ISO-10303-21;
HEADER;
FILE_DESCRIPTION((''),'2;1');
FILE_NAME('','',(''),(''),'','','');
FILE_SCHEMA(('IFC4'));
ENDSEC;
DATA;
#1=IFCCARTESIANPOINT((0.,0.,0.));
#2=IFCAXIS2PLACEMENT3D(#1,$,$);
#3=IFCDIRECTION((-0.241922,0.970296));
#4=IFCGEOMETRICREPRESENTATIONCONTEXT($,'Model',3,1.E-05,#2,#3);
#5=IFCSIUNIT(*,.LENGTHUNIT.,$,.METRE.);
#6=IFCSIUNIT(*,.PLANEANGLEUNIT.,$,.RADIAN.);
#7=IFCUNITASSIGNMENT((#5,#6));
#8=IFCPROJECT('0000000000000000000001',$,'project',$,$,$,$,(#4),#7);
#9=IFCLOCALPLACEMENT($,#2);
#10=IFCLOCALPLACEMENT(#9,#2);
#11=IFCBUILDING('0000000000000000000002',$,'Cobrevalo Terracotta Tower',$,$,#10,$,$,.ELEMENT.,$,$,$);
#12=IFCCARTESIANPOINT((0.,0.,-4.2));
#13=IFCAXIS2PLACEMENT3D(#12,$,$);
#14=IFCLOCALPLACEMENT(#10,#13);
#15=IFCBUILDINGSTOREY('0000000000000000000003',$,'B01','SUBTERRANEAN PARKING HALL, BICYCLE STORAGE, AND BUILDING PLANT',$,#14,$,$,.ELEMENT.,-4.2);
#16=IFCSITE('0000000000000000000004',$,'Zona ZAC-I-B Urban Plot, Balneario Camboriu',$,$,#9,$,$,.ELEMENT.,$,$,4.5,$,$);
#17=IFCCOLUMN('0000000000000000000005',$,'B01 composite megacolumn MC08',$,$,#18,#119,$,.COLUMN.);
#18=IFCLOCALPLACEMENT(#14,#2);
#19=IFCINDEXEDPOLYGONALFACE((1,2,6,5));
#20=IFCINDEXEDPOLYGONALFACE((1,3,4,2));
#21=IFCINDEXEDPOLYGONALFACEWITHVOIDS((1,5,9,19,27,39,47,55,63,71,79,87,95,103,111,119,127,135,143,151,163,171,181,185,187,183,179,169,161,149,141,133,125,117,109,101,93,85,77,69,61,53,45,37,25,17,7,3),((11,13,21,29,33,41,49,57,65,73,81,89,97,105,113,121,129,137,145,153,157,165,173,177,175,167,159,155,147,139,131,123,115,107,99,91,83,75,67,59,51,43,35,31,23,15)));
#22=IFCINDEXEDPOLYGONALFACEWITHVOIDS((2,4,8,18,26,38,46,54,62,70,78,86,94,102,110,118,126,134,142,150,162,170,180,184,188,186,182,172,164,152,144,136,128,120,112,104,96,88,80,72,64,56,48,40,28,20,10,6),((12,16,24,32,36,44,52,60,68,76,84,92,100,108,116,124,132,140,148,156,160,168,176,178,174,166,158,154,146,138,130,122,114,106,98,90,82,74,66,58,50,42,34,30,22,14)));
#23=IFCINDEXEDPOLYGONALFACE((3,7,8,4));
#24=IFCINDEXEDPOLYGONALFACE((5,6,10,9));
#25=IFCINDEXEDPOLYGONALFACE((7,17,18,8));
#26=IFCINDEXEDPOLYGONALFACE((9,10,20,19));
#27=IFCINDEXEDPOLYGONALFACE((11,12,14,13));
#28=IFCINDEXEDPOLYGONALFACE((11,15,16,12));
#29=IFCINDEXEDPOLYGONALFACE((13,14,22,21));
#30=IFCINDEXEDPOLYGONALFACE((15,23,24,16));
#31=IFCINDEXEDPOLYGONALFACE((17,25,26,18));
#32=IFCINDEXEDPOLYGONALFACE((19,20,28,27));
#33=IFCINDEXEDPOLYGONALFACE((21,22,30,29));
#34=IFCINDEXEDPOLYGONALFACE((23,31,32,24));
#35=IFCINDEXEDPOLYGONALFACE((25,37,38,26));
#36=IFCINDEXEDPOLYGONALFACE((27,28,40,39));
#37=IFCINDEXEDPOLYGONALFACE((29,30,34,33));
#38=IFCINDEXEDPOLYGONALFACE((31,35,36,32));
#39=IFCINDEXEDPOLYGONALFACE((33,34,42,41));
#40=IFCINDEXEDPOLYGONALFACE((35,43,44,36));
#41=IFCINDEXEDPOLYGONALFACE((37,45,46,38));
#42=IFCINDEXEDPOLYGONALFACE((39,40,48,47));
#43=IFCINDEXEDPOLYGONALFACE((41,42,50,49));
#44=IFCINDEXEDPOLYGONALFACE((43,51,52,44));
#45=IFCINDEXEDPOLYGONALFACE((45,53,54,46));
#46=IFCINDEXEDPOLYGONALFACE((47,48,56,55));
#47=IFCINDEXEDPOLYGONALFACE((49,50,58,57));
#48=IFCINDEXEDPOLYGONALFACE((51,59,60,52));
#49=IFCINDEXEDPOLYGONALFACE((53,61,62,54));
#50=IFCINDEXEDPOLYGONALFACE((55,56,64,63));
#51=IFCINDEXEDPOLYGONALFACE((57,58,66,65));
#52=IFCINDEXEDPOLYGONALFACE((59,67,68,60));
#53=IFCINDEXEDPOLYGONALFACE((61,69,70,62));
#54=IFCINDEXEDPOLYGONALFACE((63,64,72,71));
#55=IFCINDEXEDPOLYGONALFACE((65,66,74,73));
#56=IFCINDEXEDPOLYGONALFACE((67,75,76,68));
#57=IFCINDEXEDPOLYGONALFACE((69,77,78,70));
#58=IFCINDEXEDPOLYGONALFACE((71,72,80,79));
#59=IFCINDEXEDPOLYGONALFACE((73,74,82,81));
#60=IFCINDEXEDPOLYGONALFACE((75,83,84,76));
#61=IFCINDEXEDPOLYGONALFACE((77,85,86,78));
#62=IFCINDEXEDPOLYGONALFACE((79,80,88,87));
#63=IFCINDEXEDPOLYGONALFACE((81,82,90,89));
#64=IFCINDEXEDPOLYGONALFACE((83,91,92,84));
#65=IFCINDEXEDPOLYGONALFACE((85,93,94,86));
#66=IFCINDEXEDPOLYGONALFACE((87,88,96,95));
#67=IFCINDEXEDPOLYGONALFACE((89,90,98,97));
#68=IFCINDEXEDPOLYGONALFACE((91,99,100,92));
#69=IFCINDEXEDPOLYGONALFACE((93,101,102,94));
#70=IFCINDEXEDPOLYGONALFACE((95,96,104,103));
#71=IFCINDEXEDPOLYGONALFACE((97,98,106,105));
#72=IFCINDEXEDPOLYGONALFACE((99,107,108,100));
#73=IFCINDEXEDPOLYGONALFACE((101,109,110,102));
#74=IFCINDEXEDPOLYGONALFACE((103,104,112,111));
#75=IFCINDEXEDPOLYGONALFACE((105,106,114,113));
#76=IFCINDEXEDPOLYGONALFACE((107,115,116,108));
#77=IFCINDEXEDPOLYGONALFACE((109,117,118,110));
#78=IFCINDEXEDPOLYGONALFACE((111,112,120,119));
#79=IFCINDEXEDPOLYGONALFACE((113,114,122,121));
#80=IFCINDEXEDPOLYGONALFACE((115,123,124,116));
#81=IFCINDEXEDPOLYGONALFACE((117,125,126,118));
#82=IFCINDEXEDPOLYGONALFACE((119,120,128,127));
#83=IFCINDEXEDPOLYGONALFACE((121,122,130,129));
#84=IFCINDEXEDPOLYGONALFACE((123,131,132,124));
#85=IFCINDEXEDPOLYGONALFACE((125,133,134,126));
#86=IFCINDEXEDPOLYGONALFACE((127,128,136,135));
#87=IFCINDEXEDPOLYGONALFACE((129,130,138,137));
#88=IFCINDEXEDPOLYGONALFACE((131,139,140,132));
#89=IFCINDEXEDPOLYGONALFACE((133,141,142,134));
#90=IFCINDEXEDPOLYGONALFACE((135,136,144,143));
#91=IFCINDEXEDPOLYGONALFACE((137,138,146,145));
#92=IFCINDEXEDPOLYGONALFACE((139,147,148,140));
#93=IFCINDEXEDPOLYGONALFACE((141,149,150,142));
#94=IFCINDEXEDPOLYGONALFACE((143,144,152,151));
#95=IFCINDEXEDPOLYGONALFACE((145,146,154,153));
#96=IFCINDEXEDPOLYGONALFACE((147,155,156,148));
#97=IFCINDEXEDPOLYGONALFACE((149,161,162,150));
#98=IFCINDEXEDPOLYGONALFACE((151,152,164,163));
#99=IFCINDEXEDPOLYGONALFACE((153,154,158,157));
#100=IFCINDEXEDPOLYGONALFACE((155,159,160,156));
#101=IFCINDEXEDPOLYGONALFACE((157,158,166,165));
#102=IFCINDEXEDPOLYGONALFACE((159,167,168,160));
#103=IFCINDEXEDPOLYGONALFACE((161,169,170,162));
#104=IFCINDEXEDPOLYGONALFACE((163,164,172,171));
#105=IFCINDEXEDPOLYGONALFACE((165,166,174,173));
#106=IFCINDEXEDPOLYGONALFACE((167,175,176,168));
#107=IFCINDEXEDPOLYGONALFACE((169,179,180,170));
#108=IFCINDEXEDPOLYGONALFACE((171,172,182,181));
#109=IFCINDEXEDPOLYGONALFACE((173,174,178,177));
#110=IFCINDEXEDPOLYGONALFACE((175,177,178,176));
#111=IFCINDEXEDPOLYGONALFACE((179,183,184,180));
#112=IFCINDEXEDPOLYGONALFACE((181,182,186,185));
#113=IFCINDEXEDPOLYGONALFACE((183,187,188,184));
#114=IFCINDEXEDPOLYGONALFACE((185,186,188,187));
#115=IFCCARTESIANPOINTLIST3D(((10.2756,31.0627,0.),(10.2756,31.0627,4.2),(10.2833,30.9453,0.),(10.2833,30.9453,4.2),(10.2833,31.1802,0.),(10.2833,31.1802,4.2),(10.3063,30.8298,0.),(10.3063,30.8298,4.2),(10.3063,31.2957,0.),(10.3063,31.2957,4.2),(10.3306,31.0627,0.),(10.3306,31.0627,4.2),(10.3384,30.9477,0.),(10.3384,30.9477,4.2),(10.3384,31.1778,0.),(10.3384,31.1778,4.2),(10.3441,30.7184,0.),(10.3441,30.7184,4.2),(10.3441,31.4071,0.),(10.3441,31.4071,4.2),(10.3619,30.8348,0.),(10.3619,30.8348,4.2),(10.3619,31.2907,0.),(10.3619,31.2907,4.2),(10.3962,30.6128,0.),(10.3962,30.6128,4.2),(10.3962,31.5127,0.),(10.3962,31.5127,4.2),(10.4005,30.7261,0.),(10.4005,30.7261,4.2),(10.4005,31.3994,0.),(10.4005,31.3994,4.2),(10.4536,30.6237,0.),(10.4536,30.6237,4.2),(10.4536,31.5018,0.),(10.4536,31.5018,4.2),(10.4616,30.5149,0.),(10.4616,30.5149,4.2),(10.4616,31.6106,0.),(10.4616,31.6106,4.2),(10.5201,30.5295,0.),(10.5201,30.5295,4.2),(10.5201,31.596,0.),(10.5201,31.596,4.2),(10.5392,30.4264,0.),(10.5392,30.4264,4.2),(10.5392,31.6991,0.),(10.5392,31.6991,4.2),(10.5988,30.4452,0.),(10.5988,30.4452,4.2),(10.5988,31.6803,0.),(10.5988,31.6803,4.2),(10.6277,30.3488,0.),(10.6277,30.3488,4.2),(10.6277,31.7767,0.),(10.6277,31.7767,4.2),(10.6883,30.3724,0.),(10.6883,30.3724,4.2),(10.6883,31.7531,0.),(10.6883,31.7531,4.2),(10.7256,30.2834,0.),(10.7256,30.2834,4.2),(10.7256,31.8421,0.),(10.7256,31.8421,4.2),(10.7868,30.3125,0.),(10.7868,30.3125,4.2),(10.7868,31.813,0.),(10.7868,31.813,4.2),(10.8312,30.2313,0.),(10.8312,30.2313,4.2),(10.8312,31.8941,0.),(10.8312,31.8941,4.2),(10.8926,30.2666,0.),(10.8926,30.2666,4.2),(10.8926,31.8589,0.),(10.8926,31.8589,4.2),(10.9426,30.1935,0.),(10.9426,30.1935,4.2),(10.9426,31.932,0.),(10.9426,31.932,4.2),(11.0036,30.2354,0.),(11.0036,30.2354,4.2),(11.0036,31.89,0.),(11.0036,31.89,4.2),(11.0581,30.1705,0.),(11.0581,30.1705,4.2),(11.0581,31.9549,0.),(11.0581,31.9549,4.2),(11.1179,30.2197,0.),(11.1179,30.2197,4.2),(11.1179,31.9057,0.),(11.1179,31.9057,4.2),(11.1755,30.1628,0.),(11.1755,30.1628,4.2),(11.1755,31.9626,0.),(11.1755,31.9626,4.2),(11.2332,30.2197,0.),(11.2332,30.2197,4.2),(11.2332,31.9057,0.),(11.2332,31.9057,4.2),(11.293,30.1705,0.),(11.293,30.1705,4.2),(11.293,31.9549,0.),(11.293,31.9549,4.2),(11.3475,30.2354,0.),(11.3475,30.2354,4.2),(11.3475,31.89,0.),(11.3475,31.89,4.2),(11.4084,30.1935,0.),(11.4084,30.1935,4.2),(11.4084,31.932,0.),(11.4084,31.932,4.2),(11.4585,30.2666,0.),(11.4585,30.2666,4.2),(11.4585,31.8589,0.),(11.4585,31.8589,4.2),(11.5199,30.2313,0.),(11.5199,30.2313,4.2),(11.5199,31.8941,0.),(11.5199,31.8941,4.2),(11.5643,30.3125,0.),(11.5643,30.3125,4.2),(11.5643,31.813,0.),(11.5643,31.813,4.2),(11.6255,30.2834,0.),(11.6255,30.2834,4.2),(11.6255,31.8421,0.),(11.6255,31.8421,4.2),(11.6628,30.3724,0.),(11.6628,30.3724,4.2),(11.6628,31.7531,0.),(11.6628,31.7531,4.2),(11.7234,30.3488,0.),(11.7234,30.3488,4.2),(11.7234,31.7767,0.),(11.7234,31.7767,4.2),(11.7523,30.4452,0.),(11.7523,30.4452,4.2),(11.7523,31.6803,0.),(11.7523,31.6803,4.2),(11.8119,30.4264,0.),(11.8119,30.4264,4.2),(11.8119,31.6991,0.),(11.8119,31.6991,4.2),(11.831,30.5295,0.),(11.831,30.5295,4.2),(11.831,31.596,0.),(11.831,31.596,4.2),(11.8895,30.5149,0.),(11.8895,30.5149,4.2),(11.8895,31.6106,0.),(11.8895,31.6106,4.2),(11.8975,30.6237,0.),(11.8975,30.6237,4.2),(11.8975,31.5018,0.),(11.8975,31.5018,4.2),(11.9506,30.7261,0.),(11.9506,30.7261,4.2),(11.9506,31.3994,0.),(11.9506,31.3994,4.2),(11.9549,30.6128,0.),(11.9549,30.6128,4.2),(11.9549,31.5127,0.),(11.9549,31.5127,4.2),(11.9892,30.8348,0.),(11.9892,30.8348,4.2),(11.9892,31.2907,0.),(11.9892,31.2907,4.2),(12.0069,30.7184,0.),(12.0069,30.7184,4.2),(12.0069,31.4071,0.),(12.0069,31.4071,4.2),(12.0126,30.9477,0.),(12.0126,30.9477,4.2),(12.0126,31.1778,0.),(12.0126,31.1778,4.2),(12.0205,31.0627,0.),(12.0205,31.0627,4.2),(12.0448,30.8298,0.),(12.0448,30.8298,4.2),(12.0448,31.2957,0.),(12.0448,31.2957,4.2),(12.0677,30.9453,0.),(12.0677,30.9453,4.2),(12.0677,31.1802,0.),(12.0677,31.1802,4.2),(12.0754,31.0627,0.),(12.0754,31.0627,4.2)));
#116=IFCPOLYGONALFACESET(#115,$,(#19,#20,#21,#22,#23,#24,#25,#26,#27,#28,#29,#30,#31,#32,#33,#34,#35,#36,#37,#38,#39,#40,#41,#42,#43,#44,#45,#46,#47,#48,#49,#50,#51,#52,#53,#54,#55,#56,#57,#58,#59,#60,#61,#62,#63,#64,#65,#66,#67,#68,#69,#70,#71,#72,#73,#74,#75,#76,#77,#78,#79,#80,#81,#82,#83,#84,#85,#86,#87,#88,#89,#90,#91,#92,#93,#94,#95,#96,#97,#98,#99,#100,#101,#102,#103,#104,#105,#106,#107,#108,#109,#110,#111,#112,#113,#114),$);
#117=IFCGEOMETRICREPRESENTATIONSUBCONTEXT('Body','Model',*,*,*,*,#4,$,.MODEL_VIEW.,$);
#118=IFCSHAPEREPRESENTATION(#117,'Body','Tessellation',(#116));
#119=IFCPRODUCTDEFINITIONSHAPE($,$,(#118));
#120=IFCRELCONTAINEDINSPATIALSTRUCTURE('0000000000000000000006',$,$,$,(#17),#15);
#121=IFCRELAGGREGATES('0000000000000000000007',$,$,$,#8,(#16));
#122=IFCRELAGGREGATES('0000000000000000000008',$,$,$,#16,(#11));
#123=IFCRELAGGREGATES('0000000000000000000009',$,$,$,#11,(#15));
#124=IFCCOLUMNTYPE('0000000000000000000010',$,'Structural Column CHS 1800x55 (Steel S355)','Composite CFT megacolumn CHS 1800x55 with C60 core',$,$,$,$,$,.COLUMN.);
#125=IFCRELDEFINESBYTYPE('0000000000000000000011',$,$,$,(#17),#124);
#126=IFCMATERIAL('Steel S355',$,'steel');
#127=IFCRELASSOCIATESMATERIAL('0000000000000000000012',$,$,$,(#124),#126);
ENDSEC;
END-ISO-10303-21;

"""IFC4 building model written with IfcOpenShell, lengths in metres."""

from ifc_helpers import new_model, si_unit, direction, frame, origin, origin_2d, place, context, subcontext, project, spatial, hollow_circle, extrude, material, material_profile, profile_set, type_object, element, save


model = new_model("IFC4")

# Units and contexts
model_context = context("Model", 3, precision=1e-05, world=origin(), true_north=direction((-0.241922, 0.970296)))
body_context = subcontext(model_context, "Body", "Model", "MODEL_VIEW")
ifc_project = project(units=[si_unit("LENGTHUNIT", "METRE"), si_unit("PLANEANGLEUNIT", "RADIAN")], contexts=[model_context])

# Site, building, storey
site_placement = place(None, origin())
site = spatial("IfcSite", under=ifc_project, at=site_placement, Name="Zona ZAC-I-B Urban Plot, Balneario Camboriu", CompositionType="ELEMENT", RefElevation=4.5)
building_placement = place(site_placement, origin())
building = spatial("IfcBuilding", under=site, at=building_placement, Name="Cobrevalo Terracotta Tower", CompositionType="ELEMENT")
storey_placement = place(building_placement, frame((0.0, 0.0, -4.2)))
storey = spatial("IfcBuildingStorey", under=building, at=storey_placement, Name="B01", Description="SUBTERRANEAN PARKING HALL, BICYCLE STORAGE, AND BUILDING PLANT", CompositionType="ELEMENT", Elevation=-4.2)

# Column
ifc_material_1 = material(Name="Steel S355", Category="steel")
ifc_material_profile_1 = material_profile(ifc_material_1, hollow_circle(Radius=0.8999, WallThickness=0.0549, at=origin_2d()), Name="CHS 1800x55")
ifc_profile_set_1 = profile_set([ifc_material_profile_1], Name="Steel S355")
column_type_1 = type_object("IfcColumnType", Name="Structural Column CHS 1800x55 (Steel S355)", Description="Composite CFT megacolumn CHS 1800x55 with C60 core", PredefinedType="COLUMN", material=ifc_profile_set_1)
for number, where, z_axis, x_axis, name in (
    (1, (11.1755, 31.0627, 0.0), (0.0, 0.0, 1.0), (1.0, 0.0, 0.0), "B01 composite megacolumn MC08"),
):
    element("IfcColumn", number, at=place(storey_placement, frame(where, z_axis=z_axis, x_axis=x_axis)), inside=storey, type_object=column_type_1, Name=name, PredefinedType="COLUMN", context=body_context, shape_type="SweptSolid", body=[
        extrude(hollow_circle(Radius=0.8999, WallThickness=0.0549, at=origin_2d()), origin(), (0.0, 0.0, 1.0), 4.2),
    ])

save(model, "model.ifc")
